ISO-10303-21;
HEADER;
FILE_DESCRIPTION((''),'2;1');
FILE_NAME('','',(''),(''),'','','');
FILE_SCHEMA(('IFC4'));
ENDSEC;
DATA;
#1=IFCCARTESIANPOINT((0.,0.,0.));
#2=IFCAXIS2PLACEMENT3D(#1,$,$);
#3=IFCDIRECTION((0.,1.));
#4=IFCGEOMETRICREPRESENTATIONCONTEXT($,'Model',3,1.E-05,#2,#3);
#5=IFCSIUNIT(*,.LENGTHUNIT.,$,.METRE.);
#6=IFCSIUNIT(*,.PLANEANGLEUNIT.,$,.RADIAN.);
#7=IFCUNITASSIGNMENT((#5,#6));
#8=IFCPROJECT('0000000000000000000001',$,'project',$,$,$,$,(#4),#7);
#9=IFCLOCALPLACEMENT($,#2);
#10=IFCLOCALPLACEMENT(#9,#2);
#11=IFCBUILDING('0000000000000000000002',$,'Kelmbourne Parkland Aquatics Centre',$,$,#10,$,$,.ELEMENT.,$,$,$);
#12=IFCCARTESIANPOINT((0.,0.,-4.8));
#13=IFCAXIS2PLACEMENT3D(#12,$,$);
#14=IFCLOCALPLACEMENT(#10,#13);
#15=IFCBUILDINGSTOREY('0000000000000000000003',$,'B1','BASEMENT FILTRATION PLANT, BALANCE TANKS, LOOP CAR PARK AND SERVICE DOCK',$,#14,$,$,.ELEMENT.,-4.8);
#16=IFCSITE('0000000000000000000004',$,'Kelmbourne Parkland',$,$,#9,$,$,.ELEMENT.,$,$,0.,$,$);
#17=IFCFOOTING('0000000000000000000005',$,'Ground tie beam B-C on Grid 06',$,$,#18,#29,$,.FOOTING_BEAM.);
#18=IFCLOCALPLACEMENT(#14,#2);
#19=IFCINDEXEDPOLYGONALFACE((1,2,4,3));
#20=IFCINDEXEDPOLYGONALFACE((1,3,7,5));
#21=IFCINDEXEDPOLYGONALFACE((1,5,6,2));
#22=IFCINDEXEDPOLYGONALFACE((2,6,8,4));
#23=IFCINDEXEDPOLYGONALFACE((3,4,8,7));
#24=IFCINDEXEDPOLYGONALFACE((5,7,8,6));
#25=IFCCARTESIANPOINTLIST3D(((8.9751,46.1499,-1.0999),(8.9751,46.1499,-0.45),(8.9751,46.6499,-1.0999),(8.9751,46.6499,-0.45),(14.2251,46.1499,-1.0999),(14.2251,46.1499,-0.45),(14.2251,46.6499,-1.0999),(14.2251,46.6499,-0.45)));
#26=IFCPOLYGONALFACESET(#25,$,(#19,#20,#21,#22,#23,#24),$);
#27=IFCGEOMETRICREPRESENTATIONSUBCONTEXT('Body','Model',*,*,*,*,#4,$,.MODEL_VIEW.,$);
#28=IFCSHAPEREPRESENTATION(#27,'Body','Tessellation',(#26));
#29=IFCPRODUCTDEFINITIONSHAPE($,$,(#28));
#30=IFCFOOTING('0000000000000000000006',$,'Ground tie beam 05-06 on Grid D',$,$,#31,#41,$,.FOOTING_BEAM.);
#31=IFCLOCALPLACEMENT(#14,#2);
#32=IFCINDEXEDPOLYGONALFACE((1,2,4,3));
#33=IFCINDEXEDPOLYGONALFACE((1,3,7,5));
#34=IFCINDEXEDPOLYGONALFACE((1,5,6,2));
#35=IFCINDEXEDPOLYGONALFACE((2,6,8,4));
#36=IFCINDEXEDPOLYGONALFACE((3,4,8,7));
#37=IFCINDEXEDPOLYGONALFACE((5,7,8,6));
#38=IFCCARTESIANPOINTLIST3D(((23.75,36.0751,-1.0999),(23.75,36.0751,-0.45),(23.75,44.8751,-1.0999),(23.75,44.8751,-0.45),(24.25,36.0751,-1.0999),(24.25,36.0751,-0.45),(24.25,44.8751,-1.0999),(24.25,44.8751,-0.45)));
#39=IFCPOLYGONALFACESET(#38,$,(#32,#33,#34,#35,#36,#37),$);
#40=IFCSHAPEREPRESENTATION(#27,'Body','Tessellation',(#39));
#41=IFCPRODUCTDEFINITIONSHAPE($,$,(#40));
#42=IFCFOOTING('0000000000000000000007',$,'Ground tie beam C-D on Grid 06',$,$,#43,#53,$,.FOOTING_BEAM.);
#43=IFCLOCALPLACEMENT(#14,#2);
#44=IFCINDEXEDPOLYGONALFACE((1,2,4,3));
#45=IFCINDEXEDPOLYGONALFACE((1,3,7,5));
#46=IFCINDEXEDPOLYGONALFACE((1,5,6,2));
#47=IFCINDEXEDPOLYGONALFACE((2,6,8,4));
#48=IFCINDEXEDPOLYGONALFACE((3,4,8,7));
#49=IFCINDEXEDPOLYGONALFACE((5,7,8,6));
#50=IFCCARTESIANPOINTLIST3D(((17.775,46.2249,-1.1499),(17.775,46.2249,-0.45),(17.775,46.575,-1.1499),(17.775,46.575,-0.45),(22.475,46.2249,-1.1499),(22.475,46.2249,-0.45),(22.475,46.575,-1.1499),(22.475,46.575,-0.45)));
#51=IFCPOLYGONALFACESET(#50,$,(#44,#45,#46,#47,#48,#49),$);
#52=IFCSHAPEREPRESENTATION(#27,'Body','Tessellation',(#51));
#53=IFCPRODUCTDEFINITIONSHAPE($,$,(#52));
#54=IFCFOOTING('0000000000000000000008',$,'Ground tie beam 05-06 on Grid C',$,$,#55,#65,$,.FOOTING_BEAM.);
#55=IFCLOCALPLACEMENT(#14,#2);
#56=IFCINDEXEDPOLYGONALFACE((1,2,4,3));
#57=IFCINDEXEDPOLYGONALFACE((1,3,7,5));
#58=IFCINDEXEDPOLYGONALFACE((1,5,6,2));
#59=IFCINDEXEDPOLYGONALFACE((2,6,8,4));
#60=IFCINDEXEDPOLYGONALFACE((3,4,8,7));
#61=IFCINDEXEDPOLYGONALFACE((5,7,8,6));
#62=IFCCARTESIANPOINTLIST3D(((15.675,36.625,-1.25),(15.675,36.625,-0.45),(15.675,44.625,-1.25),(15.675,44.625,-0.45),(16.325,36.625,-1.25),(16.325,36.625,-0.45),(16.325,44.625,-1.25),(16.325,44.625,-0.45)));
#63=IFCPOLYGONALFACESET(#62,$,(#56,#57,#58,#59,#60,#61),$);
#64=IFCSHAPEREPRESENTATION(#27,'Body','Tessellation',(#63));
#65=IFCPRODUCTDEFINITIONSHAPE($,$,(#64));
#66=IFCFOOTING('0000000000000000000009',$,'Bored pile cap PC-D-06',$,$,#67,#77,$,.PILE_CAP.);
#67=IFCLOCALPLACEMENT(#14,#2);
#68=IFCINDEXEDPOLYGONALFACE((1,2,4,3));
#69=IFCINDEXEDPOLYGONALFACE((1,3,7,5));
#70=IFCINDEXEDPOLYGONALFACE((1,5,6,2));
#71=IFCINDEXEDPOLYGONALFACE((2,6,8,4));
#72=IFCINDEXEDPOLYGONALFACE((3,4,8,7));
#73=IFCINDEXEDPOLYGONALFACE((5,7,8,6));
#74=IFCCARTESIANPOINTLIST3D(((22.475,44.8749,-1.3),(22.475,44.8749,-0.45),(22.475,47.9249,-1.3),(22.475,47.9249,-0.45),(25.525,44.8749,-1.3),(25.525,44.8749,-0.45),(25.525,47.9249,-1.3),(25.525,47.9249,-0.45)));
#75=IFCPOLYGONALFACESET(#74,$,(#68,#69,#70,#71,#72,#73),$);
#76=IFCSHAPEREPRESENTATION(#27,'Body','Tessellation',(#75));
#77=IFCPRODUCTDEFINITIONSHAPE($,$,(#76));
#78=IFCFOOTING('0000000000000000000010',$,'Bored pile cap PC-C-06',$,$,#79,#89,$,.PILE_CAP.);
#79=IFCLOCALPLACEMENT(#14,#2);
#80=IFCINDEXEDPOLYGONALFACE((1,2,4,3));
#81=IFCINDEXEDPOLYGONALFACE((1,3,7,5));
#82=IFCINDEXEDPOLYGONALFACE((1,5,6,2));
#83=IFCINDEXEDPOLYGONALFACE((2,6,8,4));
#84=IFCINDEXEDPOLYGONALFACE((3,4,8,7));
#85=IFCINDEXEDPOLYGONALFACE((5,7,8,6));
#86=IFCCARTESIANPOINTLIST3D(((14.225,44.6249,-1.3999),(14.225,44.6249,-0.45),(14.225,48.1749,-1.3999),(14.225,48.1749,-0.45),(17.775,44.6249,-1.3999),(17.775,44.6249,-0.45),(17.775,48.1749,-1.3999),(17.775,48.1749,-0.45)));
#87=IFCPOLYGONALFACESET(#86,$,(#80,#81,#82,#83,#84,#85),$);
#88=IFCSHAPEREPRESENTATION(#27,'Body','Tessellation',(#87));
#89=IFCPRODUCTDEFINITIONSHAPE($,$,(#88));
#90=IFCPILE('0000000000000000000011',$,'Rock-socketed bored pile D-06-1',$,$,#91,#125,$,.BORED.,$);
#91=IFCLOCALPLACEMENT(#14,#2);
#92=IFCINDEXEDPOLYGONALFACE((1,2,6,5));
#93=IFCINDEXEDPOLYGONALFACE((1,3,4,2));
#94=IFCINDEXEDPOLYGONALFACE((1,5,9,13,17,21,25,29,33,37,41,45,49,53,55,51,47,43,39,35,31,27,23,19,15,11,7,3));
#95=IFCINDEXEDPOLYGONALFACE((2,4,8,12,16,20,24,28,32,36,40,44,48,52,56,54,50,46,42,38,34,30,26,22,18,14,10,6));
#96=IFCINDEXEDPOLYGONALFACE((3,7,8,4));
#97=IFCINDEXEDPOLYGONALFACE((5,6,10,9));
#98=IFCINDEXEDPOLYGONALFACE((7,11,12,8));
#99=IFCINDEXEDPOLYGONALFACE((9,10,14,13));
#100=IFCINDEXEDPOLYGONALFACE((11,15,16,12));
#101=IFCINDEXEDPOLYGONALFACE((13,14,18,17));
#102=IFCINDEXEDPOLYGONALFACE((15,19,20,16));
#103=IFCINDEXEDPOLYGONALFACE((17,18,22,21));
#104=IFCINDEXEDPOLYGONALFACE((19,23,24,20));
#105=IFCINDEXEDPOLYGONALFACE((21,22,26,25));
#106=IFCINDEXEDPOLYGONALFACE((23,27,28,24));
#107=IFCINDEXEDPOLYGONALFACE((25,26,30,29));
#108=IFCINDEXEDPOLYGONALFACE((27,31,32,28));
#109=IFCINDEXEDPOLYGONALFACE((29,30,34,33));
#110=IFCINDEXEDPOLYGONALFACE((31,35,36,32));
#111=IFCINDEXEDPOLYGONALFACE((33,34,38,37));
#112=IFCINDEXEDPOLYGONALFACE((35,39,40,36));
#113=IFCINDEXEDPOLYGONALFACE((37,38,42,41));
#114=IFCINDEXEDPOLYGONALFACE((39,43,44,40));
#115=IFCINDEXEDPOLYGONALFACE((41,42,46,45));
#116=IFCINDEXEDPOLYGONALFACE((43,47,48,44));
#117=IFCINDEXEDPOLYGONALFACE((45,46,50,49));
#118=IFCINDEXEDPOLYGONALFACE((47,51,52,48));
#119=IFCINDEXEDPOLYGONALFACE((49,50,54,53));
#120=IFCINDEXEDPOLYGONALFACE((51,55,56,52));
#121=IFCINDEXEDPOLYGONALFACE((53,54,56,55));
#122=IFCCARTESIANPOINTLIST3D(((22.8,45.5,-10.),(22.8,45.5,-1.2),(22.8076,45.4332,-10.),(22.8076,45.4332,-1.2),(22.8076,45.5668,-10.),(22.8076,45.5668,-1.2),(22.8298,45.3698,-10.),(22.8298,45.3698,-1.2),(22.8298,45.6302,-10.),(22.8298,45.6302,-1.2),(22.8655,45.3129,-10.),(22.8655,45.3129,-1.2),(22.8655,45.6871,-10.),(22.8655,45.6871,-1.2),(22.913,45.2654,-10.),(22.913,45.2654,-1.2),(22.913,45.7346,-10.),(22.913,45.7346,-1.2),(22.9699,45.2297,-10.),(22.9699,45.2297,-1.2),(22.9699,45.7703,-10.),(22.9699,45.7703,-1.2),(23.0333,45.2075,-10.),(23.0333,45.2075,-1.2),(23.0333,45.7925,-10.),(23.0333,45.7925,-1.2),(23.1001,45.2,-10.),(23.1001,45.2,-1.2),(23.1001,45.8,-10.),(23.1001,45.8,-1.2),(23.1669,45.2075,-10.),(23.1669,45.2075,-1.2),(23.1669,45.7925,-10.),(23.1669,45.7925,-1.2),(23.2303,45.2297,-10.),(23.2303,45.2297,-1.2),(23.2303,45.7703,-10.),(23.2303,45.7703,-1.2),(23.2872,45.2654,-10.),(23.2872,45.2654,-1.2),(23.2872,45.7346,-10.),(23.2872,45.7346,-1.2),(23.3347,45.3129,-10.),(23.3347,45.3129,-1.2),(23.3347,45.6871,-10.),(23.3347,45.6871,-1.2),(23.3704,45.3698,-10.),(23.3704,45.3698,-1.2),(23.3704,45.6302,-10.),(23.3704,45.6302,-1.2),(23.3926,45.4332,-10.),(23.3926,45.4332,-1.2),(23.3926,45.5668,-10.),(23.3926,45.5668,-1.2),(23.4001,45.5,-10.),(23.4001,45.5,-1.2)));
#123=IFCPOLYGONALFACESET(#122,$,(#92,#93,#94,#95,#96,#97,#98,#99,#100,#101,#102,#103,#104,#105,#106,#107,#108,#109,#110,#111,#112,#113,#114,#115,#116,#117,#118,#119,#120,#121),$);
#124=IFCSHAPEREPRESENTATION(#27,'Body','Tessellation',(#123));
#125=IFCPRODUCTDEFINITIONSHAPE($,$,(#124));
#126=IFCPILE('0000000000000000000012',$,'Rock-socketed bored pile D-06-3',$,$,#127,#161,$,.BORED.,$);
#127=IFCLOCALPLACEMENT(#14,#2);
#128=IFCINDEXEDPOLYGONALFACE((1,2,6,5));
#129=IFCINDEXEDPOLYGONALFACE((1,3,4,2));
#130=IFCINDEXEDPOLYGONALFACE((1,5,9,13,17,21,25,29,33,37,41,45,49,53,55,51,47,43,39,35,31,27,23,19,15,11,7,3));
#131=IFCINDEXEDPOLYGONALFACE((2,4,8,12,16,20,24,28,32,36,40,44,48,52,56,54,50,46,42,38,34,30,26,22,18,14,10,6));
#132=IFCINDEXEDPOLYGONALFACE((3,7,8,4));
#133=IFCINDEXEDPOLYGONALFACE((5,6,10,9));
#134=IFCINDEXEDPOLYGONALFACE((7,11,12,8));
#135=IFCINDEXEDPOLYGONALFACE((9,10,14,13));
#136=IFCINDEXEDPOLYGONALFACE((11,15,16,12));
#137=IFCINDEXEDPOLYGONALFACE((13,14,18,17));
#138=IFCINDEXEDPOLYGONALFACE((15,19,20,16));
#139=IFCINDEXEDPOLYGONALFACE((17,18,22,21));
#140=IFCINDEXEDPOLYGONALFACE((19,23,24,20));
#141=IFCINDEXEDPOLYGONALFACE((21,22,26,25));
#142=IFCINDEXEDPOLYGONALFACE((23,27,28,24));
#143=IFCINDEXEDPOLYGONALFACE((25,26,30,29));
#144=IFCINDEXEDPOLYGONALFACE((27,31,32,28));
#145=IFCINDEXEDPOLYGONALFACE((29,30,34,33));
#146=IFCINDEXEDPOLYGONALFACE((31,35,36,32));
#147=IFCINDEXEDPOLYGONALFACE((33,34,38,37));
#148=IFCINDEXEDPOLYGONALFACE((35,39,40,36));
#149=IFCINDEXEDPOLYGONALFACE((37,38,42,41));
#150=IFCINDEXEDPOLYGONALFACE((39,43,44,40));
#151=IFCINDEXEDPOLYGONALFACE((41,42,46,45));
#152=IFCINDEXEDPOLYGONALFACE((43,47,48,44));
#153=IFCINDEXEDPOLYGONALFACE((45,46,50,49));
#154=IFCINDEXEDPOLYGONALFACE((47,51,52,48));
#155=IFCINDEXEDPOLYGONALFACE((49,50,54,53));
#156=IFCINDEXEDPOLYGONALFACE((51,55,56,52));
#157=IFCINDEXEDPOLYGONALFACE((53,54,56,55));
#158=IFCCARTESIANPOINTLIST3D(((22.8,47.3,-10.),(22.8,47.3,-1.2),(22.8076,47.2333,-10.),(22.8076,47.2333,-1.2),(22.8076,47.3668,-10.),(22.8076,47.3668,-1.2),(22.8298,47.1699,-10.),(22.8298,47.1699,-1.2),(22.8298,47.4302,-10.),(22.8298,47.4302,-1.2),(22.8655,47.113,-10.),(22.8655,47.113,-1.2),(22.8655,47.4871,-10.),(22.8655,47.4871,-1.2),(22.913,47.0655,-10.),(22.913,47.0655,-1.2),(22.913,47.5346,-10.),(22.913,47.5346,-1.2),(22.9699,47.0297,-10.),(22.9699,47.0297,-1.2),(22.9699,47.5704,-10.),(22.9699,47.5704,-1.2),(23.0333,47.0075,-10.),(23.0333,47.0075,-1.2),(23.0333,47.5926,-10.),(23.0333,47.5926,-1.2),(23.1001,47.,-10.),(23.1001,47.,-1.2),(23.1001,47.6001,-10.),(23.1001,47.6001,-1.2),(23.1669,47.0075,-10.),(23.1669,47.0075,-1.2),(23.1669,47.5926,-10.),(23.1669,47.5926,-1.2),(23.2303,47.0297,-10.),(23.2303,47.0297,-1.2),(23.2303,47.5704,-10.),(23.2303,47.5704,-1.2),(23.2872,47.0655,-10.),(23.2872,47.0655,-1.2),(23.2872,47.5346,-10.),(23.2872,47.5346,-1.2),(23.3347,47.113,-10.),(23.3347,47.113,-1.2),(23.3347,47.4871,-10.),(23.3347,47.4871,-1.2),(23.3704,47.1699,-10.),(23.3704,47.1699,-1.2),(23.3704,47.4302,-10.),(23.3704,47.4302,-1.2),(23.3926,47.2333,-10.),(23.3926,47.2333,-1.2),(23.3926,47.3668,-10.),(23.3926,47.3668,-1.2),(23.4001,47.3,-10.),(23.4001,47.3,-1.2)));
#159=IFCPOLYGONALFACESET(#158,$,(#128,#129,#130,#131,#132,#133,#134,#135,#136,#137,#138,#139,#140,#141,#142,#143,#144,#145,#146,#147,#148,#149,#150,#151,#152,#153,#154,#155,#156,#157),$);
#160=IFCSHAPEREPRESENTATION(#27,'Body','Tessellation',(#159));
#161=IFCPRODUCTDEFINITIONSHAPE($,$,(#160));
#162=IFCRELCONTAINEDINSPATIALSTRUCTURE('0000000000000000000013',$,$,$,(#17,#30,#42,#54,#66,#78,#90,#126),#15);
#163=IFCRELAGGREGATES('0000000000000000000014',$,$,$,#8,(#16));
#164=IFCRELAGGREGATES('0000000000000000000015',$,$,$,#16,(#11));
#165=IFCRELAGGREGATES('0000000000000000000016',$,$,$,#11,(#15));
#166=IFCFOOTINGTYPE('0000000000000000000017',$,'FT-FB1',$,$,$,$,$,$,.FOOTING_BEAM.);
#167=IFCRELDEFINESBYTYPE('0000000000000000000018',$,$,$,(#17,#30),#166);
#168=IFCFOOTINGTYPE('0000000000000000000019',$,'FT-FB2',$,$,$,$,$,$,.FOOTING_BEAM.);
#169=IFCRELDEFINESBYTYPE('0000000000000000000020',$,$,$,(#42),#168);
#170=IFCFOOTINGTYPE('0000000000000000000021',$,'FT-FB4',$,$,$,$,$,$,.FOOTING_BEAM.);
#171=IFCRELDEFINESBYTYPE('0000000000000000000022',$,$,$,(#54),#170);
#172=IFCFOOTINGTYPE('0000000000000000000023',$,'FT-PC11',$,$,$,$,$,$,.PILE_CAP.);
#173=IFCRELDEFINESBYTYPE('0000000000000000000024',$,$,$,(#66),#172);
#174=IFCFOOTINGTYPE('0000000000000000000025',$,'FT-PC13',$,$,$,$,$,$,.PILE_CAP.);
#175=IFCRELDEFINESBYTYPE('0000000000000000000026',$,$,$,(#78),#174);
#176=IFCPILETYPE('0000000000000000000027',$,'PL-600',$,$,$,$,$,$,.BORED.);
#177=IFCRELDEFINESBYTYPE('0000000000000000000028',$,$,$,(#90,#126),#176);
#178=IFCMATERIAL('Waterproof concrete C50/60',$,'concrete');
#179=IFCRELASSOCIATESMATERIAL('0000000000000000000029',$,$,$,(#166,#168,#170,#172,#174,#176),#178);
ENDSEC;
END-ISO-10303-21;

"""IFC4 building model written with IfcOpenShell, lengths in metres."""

from ifc_helpers import new_model, si_unit, direction, frame, origin, origin_2d, place, context, subcontext, project, spatial, rectangle, circle, extrude, material, material_profile, profile_set, type_object, element, save


model = new_model("IFC4")

# Units and contexts
model_context = context("Model", 3, precision=1e-05, world=origin(), true_north=direction((0.0, 1.0)))
body_context = subcontext(model_context, "Body", "Model", "MODEL_VIEW")
ifc_project = project(units=[si_unit("LENGTHUNIT", "METRE"), si_unit("PLANEANGLEUNIT", "RADIAN")], contexts=[model_context])

# Site, building, storey
site_placement = place(None, origin())
site = spatial("IfcSite", under=ifc_project, at=site_placement, Name="Kelmbourne Parkland", CompositionType="ELEMENT", RefElevation=0.0)
building_placement = place(site_placement, origin())
building = spatial("IfcBuilding", under=site, at=building_placement, Name="Kelmbourne Parkland Aquatics Centre", CompositionType="ELEMENT")
storey_placement = place(building_placement, frame((0.0, 0.0, -4.8)))
storey = spatial("IfcBuildingStorey", under=building, at=storey_placement, Name="B1", Description="BASEMENT FILTRATION PLANT, BALANCE TANKS, LOOP CAR PARK AND SERVICE DOCK", CompositionType="ELEMENT", Elevation=-4.8)

# Footings
ifc_material_1 = material(Name="Waterproof concrete C50/60", Category="concrete")
footing_type_1 = type_object("IfcFootingType", Name="FT-FB1", PredefinedType="FOOTING_BEAM", material=ifc_material_1)
footing_1_placement = place(storey_placement, frame((11.6001, 46.3999, -1.0999), z_axis=(0.0, 0.0, 1.0), x_axis=(1.0, 0.0, 0.0)))
element("IfcFooting", 1, at=footing_1_placement, inside=storey, type_object=footing_type_1, Name="Ground tie beam B-C on Grid 06", PredefinedType="FOOTING_BEAM", context=body_context, shape_type="SweptSolid", body=[
    extrude(rectangle(XDim=5.25, YDim=0.5, at=origin_2d()), origin(), (0.0, 0.0, 1.0), 0.6499),
])
footing_2_placement = place(storey_placement, frame((24.0, 40.4751, -1.0999), z_axis=(0.0, 0.0, 1.0), x_axis=(0.0, 1.0, 0.0)))
element("IfcFooting", 2, at=footing_2_placement, inside=storey, type_object=footing_type_1, Name="Ground tie beam 05-06 on Grid D", PredefinedType="FOOTING_BEAM", context=body_context, shape_type="SweptSolid", body=[
    extrude(rectangle(XDim=8.8, YDim=0.5, at=origin_2d()), origin(), (0.0, 0.0, 1.0), 0.6499),
])
footing_type_2 = type_object("IfcFootingType", Name="FT-FB2", PredefinedType="FOOTING_BEAM", material=ifc_material_1)
footing_3_placement = place(storey_placement, frame((20.125, 46.3999, -1.1499), z_axis=(0.0, 0.0, 1.0), x_axis=(1.0, 0.0, 0.0)))
element("IfcFooting", 3, at=footing_3_placement, inside=storey, type_object=footing_type_2, Name="Ground tie beam C-D on Grid 06", PredefinedType="FOOTING_BEAM", context=body_context, shape_type="SweptSolid", body=[
    extrude(rectangle(XDim=4.7, YDim=0.3501, at=origin_2d()), origin(), (0.0, 0.0, 1.0), 0.7),
])
footing_type_3 = type_object("IfcFootingType", Name="FT-FB4", PredefinedType="FOOTING_BEAM", material=ifc_material_1)
footing_4_placement = place(storey_placement, frame((16.0, 40.625, -1.25), z_axis=(0.0, 0.0, 1.0), x_axis=(0.0, 1.0, 0.0)))
element("IfcFooting", 4, at=footing_4_placement, inside=storey, type_object=footing_type_3, Name="Ground tie beam 05-06 on Grid C", PredefinedType="FOOTING_BEAM", context=body_context, shape_type="SweptSolid", body=[
    extrude(rectangle(XDim=8.0, YDim=0.6499, at=origin_2d()), origin(), (0.0, 0.0, 1.0), 0.8),
])
footing_type_4 = type_object("IfcFootingType", Name="FT-PC11", PredefinedType="PILE_CAP", material=ifc_material_1)
footing_5_placement = place(storey_placement, frame((24.0, 46.3999, -1.3), z_axis=(0.0, 0.0, 1.0), x_axis=(1.0, 0.0, 0.0)))
element("IfcFooting", 5, at=footing_5_placement, inside=storey, type_object=footing_type_4, Name="Bored pile cap PC-D-06", PredefinedType="PILE_CAP", context=body_context, shape_type="SweptSolid", body=[
    extrude(rectangle(XDim=3.05, YDim=3.05, at=origin_2d()), origin(), (0.0, 0.0, 1.0), 0.8501),
])
footing_type_5 = type_object("IfcFootingType", Name="FT-PC13", PredefinedType="PILE_CAP", material=ifc_material_1)
footing_6_placement = place(storey_placement, frame((16.0, 46.3999, -1.3999), z_axis=(0.0, 0.0, 1.0), x_axis=(1.0, 0.0, 0.0)))
element("IfcFooting", 6, at=footing_6_placement, inside=storey, type_object=footing_type_5, Name="Bored pile cap PC-C-06", PredefinedType="PILE_CAP", context=body_context, shape_type="SweptSolid", body=[
    extrude(rectangle(XDim=3.55, YDim=3.55, at=origin_2d()), origin(), (0.0, 0.0, 1.0), 0.95),
])

# Piles
ifc_material_profile_1 = material_profile(ifc_material_1, circle(Radius=0.3, at=origin_2d()), Name="PILE D600")
ifc_profile_set_1 = profile_set([ifc_material_profile_1], Name="Waterproof concrete C50/60")
pile_type_1 = type_object("IfcPileType", Name="PL-600", PredefinedType="BORED", material=ifc_profile_set_1)
for number, where, z_axis, x_axis, name in (
    (7, (23.1001, 45.5, -1.2), (0.0, 0.0, -1.0), (1.0, 0.0, 0.0), "Rock-socketed bored pile D-06-1"),
    (8, (23.1001, 47.3, -1.2), (0.0, 0.0, -1.0), (1.0, 0.0, 0.0), "Rock-socketed bored pile D-06-3"),
):
    element("IfcPile", number, at=place(storey_placement, frame(where, z_axis=z_axis, x_axis=x_axis)), inside=storey, type_object=pile_type_1, Name=name, PredefinedType="BORED", context=body_context, shape_type="SweptSolid", body=[
        extrude(circle(Radius=0.3, at=origin_2d()), origin(), (0.0, 0.0, 1.0), 8.8),
    ])

save(model, "model.ifc")
